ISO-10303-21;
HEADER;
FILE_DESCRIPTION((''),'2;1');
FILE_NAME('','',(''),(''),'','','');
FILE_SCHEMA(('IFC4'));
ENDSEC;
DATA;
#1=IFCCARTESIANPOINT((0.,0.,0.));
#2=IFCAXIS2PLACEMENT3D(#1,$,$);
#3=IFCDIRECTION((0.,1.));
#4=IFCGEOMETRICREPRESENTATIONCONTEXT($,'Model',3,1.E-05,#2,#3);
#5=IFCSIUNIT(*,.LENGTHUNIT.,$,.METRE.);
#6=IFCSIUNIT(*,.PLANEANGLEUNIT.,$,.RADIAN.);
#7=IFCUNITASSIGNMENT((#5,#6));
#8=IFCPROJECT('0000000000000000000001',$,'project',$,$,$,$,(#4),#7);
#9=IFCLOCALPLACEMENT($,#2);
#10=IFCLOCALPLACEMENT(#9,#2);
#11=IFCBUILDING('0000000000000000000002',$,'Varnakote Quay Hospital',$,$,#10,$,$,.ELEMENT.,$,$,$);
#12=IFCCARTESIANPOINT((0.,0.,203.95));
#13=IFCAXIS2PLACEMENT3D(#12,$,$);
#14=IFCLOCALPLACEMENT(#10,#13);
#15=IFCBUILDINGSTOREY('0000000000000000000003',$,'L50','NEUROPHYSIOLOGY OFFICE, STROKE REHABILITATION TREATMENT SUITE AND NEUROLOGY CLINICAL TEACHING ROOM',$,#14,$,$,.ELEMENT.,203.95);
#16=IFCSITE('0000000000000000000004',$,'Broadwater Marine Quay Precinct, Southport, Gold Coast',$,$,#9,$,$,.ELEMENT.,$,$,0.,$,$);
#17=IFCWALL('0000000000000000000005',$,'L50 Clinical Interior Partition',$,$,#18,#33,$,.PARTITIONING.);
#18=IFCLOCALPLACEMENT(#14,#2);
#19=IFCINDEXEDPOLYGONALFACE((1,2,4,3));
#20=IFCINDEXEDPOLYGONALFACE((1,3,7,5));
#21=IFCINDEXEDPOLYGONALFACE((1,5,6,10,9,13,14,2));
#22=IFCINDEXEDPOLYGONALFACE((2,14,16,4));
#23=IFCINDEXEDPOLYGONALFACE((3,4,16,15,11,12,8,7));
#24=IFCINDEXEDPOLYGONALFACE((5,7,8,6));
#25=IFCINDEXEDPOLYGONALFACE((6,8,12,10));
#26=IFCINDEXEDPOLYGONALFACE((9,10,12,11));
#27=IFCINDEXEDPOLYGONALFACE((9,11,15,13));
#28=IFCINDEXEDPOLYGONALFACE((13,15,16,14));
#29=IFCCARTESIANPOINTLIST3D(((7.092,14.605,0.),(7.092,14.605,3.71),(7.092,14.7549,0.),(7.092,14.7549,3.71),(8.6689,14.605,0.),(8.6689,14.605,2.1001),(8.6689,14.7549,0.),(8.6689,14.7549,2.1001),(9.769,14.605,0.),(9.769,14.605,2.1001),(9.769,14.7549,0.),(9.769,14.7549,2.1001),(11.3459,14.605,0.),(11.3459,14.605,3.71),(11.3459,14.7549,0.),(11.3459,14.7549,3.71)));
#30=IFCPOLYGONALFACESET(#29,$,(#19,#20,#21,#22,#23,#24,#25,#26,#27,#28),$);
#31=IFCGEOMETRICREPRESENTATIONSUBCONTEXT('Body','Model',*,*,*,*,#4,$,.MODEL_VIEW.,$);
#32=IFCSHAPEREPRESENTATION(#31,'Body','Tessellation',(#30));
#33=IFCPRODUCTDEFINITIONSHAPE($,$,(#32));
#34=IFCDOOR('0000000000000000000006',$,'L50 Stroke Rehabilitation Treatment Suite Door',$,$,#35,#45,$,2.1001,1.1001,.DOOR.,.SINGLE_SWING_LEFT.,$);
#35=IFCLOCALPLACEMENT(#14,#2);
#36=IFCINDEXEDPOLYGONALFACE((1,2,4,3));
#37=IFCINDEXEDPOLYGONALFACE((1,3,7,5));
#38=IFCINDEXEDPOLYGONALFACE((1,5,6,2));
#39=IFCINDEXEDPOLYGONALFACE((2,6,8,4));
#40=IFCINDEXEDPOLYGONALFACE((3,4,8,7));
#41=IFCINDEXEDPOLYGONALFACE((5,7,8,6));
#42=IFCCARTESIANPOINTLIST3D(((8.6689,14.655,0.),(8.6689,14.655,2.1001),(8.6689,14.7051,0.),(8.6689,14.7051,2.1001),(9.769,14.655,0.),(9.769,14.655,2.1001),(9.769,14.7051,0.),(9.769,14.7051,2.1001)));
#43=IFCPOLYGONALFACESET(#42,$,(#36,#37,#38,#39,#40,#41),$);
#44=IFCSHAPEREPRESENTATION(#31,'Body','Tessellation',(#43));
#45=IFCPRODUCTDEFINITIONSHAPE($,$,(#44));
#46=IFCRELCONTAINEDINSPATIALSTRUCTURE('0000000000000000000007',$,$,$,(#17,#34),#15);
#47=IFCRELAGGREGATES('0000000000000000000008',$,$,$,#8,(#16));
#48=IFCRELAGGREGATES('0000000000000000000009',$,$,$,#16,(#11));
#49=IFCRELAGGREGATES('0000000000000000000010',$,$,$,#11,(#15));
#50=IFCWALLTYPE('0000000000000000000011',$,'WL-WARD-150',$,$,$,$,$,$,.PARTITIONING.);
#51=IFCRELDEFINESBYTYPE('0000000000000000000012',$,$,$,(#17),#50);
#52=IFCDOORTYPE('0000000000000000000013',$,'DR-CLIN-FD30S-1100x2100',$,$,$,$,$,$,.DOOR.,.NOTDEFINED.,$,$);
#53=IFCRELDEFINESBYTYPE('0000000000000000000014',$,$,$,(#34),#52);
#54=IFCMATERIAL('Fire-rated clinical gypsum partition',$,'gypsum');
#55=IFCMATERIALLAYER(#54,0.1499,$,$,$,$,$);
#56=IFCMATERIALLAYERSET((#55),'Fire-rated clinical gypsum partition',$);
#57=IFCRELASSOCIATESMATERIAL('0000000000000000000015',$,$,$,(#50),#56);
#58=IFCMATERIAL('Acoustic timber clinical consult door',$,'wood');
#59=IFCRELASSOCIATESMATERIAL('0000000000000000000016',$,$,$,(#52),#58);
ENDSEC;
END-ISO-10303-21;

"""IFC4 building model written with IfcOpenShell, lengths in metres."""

from ifc_helpers import new_model, si_unit, direction, frame, frame_2d, origin, place, context, subcontext, project, spatial, rectangle, extrude, material, layer, layer_set, type_object, element, fill, save


model = new_model("IFC4")

# Units and contexts
model_context = context("Model", 3, precision=1e-05, world=origin(), true_north=direction((0.0, 1.0)))
body_context = subcontext(model_context, "Body", "Model", "MODEL_VIEW")
ifc_project = project(units=[si_unit("LENGTHUNIT", "METRE"), si_unit("PLANEANGLEUNIT", "RADIAN")], contexts=[model_context])

# Site, building, storey
site_placement = place(None, origin())
site = spatial("IfcSite", under=ifc_project, at=site_placement, Name="Broadwater Marine Quay Precinct, Southport, Gold Coast", CompositionType="ELEMENT", RefElevation=0.0)
building_placement = place(site_placement, origin())
building = spatial("IfcBuilding", under=site, at=building_placement, Name="Varnakote Quay Hospital", CompositionType="ELEMENT")
storey_placement = place(building_placement, frame((0.0, 0.0, 203.95)))
storey = spatial("IfcBuildingStorey", under=building, at=storey_placement, Name="L50", Description="NEUROPHYSIOLOGY OFFICE, STROKE REHABILITATION TREATMENT SUITE AND NEUROLOGY CLINICAL TEACHING ROOM", CompositionType="ELEMENT", Elevation=203.95)

# Wall, opening, door
ifc_material_1 = material(Name="Fire-rated clinical gypsum partition", Category="gypsum")
ifc_layer_1 = layer(ifc_material_1, 0.1499)
ifc_layer_set_1 = layer_set([ifc_layer_1], Name="Fire-rated clinical gypsum partition")
wall_type_1 = type_object("IfcWallType", Name="WL-WARD-150", PredefinedType="PARTITIONING", material=ifc_layer_set_1)
wall_1_placement = place(storey_placement, frame((11.3459, 14.6799, 0.0), z_axis=(0.0, 0.0, 1.0), x_axis=(-1.0, 0.0, 0.0)))
wall_1 = element("IfcWall", 1, at=wall_1_placement, inside=storey, type_object=wall_type_1, Name="L50 Clinical Interior Partition", PredefinedType="PARTITIONING", context=body_context, shape_type="SweptSolid", body=[
    extrude(rectangle(XDim=4.2539, YDim=0.1499, at=frame_2d((2.127, 0.0))), origin(), (0.0, 0.0, 1.0), 3.71),
])
opening_1_placement = place(wall_1_placement, frame((1.5769, 0.0, 0.0)))
opening_1 = element("IfcOpeningElement", 2, at=opening_1_placement, cuts=wall_1, PredefinedType="OPENING", context=body_context, shape_type="SweptSolid", body=[
    extrude(rectangle(XDim=1.1001, YDim=2.1001, at=frame_2d((0.55, 1.05))), frame((0.0, 0.085, 0.0), z_axis=(0.0, -1.0, 0.0), x_axis=(1.0, 0.0, 0.0)), (0.0, 0.0, 1.0), 0.1699),
])
ifc_material_2 = material(Name="Acoustic timber clinical consult door", Category="wood")
door_type_1 = type_object("IfcDoorType", Name="DR-CLIN-FD30S-1100x2100", OperationType="NOTDEFINED", PredefinedType="DOOR", material=ifc_material_2)
door_1_placement = place(opening_1_placement, origin())
door_1 = element("IfcDoor", 3, at=door_1_placement, inside=storey, type_object=door_type_1, Name="L50 Stroke Rehabilitation Treatment Suite Door", OperationType="SINGLE_SWING_LEFT", OverallHeight=2.1001, OverallWidth=1.1001, PredefinedType="DOOR", context=body_context, shape_type="SweptSolid", body=[
    extrude(rectangle(XDim=1.1001, YDim=2.1001, at=frame_2d((0.55, 1.05))), frame((0.0, 0.0249, 0.0), z_axis=(0.0, -1.0, 0.0), x_axis=(1.0, 0.0, 0.0)), (0.0, 0.0, 1.0), 0.05),
])
fill(opening_1, door_1)

save(model, "model.ifc")
